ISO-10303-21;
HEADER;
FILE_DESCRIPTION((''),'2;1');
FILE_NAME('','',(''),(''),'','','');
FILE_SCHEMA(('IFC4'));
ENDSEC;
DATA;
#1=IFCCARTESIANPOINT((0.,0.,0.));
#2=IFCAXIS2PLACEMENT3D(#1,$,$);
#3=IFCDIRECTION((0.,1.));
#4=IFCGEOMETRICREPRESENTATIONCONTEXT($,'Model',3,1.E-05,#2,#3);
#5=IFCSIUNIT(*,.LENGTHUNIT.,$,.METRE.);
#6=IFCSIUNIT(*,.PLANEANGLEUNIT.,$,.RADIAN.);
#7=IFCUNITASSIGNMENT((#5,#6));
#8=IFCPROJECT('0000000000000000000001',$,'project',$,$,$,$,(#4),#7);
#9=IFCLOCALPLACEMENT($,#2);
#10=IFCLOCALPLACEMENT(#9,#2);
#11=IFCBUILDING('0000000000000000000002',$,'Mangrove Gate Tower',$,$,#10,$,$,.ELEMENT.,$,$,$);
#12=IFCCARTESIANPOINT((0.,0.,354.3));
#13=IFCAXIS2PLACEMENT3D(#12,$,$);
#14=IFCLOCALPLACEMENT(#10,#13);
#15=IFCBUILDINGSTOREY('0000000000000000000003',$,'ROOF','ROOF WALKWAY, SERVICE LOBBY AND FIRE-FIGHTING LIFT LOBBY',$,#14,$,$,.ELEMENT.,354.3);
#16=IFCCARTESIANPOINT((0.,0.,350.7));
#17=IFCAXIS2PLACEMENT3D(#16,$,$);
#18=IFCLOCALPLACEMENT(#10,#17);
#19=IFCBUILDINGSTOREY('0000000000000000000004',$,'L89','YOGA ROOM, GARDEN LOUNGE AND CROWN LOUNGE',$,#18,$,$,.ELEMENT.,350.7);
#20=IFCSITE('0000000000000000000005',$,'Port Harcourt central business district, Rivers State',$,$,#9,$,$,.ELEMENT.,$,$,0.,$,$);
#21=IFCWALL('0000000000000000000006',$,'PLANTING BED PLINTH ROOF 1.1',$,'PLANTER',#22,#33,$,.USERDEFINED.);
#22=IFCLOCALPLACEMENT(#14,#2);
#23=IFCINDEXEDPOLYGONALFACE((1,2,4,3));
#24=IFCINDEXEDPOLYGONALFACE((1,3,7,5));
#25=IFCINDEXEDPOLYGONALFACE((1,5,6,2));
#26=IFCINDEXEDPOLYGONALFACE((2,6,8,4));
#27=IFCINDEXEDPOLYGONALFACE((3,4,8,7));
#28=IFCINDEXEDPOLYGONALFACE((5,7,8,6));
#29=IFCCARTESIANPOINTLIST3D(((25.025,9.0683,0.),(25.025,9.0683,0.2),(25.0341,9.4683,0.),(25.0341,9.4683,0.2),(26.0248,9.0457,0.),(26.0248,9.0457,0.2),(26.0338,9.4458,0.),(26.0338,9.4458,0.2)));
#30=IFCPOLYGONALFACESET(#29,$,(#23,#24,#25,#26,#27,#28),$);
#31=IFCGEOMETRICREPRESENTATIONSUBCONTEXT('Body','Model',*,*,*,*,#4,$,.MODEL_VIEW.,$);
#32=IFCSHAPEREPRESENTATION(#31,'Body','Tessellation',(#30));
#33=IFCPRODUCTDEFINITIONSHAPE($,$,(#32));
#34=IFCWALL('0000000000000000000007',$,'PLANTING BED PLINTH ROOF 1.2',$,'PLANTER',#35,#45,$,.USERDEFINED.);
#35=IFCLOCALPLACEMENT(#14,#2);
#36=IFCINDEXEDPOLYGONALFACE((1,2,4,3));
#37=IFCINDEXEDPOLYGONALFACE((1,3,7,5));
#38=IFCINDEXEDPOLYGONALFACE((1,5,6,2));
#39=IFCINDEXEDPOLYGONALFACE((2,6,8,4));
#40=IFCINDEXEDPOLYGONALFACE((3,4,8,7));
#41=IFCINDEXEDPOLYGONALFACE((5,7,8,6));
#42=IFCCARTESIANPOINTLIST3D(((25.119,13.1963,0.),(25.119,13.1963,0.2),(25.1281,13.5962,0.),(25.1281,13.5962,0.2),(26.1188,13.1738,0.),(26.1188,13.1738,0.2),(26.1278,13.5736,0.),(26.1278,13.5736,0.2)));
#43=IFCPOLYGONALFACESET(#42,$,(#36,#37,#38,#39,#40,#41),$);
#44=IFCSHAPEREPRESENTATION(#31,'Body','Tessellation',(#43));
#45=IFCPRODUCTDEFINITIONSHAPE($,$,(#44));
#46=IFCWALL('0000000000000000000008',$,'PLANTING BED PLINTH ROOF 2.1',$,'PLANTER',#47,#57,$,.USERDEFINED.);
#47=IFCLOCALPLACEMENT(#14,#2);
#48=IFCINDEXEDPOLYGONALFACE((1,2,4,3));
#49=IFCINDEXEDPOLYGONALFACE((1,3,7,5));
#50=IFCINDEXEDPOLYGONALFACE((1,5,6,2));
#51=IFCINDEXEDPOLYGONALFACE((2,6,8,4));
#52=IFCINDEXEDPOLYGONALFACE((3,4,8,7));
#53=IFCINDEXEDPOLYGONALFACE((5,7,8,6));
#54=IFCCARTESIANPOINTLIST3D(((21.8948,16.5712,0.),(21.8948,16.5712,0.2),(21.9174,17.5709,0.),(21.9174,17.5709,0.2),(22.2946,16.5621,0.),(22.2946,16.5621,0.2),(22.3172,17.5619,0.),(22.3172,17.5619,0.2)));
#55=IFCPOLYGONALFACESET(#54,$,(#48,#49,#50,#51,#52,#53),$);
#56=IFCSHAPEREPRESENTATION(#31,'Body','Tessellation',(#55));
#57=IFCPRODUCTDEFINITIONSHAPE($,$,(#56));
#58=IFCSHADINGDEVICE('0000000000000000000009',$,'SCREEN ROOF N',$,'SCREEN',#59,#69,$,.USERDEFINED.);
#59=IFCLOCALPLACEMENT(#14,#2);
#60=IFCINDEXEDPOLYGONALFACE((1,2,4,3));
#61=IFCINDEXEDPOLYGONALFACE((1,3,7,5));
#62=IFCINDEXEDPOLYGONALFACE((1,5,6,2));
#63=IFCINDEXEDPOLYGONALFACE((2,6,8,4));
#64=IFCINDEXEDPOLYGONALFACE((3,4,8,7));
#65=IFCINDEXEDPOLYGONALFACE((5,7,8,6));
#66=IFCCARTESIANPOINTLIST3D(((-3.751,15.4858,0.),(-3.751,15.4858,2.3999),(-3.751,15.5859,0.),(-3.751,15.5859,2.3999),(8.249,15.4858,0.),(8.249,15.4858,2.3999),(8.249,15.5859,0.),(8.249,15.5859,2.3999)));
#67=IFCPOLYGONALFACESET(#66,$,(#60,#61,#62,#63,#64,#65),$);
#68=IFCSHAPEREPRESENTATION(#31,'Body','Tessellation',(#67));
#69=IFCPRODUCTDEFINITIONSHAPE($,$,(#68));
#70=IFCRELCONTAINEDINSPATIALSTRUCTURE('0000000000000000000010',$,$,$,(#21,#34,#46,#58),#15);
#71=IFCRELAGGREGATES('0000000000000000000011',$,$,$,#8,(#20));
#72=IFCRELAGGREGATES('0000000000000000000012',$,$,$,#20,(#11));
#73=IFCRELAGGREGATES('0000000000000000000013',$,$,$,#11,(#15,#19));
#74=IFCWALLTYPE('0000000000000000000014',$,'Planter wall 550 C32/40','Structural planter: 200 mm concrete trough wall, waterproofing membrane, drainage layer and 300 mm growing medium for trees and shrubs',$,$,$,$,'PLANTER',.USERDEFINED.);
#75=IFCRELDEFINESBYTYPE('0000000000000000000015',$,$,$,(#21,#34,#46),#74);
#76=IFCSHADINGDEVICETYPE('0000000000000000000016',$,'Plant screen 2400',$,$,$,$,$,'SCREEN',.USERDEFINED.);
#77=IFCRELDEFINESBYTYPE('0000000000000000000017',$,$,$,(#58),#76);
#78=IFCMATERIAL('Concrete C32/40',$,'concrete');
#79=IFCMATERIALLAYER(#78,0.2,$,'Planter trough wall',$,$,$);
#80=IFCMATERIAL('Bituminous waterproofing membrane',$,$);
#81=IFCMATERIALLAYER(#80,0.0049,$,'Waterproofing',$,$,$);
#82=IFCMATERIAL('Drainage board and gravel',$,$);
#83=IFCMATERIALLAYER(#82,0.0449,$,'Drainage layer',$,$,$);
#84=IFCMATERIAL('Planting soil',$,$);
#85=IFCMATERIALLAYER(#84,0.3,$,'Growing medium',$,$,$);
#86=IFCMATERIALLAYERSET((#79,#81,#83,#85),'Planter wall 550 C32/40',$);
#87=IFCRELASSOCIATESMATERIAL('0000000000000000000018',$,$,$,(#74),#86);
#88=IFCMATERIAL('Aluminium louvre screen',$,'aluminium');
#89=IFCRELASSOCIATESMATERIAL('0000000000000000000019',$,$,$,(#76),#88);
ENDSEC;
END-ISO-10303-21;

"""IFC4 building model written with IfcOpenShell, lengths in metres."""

from ifc_helpers import new_model, si_unit, direction, frame, frame_2d, origin, origin_2d, place, context, subcontext, project, spatial, rectangle, extrude, material, layer, layer_set, type_object, element, save


model = new_model("IFC4")

# Units and contexts
model_context = context("Model", 3, precision=1e-05, world=origin(), true_north=direction((0.0, 1.0)))
body_context = subcontext(model_context, "Body", "Model", "MODEL_VIEW")
ifc_project = project(units=[si_unit("LENGTHUNIT", "METRE"), si_unit("PLANEANGLEUNIT", "RADIAN")], contexts=[model_context])

# Site, building, storey
site_placement = place(None, origin())
site = spatial("IfcSite", under=ifc_project, at=site_placement, Name="Port Harcourt central business district, Rivers State", CompositionType="ELEMENT", RefElevation=0.0)
building_placement = place(site_placement, origin())
building = spatial("IfcBuilding", under=site, at=building_placement, Name="Mangrove Gate Tower", CompositionType="ELEMENT")
storey_1_placement = place(building_placement, frame((0.0, 0.0, 354.3)))
storey_1 = spatial("IfcBuildingStorey", under=building, at=storey_1_placement, Name="ROOF", Description="ROOF WALKWAY, SERVICE LOBBY AND FIRE-FIGHTING LIFT LOBBY", CompositionType="ELEMENT", Elevation=354.3)

# Shared definitions
storey_2_placement = place(building_placement, frame((0.0, 0.0, 350.7)))
storey_2 = spatial("IfcBuildingStorey", under=building, at=storey_2_placement, Name="L89", Description="YOGA ROOM, GARDEN LOUNGE AND CROWN LOUNGE", CompositionType="ELEMENT", Elevation=350.7)

# Walls
ifc_material_1 = material(Name="Concrete C32/40", Category="concrete")
ifc_layer_1 = layer(ifc_material_1, 0.2, Name="Planter trough wall")
ifc_material_2 = material(Name="Bituminous waterproofing membrane")
ifc_layer_2 = layer(ifc_material_2, 0.0049, Name="Waterproofing")
ifc_material_3 = material(Name="Drainage board and gravel")
ifc_layer_3 = layer(ifc_material_3, 0.0449, Name="Drainage layer")
ifc_material_4 = material(Name="Planting soil")
ifc_layer_4 = layer(ifc_material_4, 0.3, Name="Growing medium")
ifc_layer_set_1 = layer_set([ifc_layer_1, ifc_layer_2, ifc_layer_3, ifc_layer_4], Name="Planter wall 550 C32/40")
wall_type_1 = type_object("IfcWallType", Name="Planter wall 550 C32/40", Description="Structural planter: 200 mm concrete trough wall, waterproofing membrane, drainage layer and 300 mm growing medium for trees and shrubs", ElementType="PLANTER", PredefinedType="USERDEFINED", material=ifc_layer_set_1)
wall_1_placement = place(storey_1_placement, frame((25.5249, 9.0569, 0.0), z_axis=(0.0, 0.0, 1.0), x_axis=(0.022569, 0.999745, 0.0)))
element("IfcWall", 1, at=wall_1_placement, inside=storey_1, type_object=wall_type_1, Name="PLANTING BED PLINTH ROOF 1.1", ObjectType="PLANTER", PredefinedType="USERDEFINED", context=body_context, shape_type="SweptSolid", body=[
    extrude(rectangle(XDim=0.4001, YDim=1.0, at=frame_2d((0.2002, 0.0))), origin(), (0.0, 0.0, 1.0), 0.2),
])
for number, where, z_axis, x_axis, name in (
    (2, (25.6189, 13.1851, 0.0), (0.0, 0.0, 1.0), (0.022583, 0.999745, 0.0), "PLANTING BED PLINTH ROOF 1.2"),
    (3, (22.3059, 17.062, 0.0), (0.0, 0.0, 1.0), (-0.999745, 0.022583, 0.0), "PLANTING BED PLINTH ROOF 2.1"),
):
    element("IfcWall", number, at=place(storey_1_placement, frame(where, z_axis=z_axis, x_axis=x_axis)), inside=storey_1, type_object=wall_type_1, Name=name, ObjectType="PLANTER", PredefinedType="USERDEFINED", context=body_context, shape_type="SweptSolid", body=[
        extrude(rectangle(XDim=0.3999, YDim=1.0, at=frame_2d((0.2, 0.0))), origin(), (0.0, 0.0, 1.0), 0.2),
    ])

# Shading device
ifc_material_5 = material(Name="Aluminium louvre screen", Category="aluminium")
shading_device_type = type_object("IfcShadingDeviceType", Name="Plant screen 2400", ElementType="SCREEN", PredefinedType="USERDEFINED", material=ifc_material_5)
shading_device_placement = place(storey_1_placement, frame((2.249, 15.5359, 0.0), z_axis=(0.0, 0.0, 1.0), x_axis=(1.0, 0.0, 0.0)))
element("IfcShadingDevice", 4, at=shading_device_placement, inside=storey_1, type_object=shading_device_type, Name="SCREEN ROOF N", ObjectType="SCREEN", PredefinedType="USERDEFINED", context=body_context, shape_type="SweptSolid", body=[
    extrude(rectangle(XDim=12.0, YDim=0.1001, at=origin_2d()), origin(), (0.0, 0.0, 1.0), 2.3999),
])

save(model, "model.ifc")
